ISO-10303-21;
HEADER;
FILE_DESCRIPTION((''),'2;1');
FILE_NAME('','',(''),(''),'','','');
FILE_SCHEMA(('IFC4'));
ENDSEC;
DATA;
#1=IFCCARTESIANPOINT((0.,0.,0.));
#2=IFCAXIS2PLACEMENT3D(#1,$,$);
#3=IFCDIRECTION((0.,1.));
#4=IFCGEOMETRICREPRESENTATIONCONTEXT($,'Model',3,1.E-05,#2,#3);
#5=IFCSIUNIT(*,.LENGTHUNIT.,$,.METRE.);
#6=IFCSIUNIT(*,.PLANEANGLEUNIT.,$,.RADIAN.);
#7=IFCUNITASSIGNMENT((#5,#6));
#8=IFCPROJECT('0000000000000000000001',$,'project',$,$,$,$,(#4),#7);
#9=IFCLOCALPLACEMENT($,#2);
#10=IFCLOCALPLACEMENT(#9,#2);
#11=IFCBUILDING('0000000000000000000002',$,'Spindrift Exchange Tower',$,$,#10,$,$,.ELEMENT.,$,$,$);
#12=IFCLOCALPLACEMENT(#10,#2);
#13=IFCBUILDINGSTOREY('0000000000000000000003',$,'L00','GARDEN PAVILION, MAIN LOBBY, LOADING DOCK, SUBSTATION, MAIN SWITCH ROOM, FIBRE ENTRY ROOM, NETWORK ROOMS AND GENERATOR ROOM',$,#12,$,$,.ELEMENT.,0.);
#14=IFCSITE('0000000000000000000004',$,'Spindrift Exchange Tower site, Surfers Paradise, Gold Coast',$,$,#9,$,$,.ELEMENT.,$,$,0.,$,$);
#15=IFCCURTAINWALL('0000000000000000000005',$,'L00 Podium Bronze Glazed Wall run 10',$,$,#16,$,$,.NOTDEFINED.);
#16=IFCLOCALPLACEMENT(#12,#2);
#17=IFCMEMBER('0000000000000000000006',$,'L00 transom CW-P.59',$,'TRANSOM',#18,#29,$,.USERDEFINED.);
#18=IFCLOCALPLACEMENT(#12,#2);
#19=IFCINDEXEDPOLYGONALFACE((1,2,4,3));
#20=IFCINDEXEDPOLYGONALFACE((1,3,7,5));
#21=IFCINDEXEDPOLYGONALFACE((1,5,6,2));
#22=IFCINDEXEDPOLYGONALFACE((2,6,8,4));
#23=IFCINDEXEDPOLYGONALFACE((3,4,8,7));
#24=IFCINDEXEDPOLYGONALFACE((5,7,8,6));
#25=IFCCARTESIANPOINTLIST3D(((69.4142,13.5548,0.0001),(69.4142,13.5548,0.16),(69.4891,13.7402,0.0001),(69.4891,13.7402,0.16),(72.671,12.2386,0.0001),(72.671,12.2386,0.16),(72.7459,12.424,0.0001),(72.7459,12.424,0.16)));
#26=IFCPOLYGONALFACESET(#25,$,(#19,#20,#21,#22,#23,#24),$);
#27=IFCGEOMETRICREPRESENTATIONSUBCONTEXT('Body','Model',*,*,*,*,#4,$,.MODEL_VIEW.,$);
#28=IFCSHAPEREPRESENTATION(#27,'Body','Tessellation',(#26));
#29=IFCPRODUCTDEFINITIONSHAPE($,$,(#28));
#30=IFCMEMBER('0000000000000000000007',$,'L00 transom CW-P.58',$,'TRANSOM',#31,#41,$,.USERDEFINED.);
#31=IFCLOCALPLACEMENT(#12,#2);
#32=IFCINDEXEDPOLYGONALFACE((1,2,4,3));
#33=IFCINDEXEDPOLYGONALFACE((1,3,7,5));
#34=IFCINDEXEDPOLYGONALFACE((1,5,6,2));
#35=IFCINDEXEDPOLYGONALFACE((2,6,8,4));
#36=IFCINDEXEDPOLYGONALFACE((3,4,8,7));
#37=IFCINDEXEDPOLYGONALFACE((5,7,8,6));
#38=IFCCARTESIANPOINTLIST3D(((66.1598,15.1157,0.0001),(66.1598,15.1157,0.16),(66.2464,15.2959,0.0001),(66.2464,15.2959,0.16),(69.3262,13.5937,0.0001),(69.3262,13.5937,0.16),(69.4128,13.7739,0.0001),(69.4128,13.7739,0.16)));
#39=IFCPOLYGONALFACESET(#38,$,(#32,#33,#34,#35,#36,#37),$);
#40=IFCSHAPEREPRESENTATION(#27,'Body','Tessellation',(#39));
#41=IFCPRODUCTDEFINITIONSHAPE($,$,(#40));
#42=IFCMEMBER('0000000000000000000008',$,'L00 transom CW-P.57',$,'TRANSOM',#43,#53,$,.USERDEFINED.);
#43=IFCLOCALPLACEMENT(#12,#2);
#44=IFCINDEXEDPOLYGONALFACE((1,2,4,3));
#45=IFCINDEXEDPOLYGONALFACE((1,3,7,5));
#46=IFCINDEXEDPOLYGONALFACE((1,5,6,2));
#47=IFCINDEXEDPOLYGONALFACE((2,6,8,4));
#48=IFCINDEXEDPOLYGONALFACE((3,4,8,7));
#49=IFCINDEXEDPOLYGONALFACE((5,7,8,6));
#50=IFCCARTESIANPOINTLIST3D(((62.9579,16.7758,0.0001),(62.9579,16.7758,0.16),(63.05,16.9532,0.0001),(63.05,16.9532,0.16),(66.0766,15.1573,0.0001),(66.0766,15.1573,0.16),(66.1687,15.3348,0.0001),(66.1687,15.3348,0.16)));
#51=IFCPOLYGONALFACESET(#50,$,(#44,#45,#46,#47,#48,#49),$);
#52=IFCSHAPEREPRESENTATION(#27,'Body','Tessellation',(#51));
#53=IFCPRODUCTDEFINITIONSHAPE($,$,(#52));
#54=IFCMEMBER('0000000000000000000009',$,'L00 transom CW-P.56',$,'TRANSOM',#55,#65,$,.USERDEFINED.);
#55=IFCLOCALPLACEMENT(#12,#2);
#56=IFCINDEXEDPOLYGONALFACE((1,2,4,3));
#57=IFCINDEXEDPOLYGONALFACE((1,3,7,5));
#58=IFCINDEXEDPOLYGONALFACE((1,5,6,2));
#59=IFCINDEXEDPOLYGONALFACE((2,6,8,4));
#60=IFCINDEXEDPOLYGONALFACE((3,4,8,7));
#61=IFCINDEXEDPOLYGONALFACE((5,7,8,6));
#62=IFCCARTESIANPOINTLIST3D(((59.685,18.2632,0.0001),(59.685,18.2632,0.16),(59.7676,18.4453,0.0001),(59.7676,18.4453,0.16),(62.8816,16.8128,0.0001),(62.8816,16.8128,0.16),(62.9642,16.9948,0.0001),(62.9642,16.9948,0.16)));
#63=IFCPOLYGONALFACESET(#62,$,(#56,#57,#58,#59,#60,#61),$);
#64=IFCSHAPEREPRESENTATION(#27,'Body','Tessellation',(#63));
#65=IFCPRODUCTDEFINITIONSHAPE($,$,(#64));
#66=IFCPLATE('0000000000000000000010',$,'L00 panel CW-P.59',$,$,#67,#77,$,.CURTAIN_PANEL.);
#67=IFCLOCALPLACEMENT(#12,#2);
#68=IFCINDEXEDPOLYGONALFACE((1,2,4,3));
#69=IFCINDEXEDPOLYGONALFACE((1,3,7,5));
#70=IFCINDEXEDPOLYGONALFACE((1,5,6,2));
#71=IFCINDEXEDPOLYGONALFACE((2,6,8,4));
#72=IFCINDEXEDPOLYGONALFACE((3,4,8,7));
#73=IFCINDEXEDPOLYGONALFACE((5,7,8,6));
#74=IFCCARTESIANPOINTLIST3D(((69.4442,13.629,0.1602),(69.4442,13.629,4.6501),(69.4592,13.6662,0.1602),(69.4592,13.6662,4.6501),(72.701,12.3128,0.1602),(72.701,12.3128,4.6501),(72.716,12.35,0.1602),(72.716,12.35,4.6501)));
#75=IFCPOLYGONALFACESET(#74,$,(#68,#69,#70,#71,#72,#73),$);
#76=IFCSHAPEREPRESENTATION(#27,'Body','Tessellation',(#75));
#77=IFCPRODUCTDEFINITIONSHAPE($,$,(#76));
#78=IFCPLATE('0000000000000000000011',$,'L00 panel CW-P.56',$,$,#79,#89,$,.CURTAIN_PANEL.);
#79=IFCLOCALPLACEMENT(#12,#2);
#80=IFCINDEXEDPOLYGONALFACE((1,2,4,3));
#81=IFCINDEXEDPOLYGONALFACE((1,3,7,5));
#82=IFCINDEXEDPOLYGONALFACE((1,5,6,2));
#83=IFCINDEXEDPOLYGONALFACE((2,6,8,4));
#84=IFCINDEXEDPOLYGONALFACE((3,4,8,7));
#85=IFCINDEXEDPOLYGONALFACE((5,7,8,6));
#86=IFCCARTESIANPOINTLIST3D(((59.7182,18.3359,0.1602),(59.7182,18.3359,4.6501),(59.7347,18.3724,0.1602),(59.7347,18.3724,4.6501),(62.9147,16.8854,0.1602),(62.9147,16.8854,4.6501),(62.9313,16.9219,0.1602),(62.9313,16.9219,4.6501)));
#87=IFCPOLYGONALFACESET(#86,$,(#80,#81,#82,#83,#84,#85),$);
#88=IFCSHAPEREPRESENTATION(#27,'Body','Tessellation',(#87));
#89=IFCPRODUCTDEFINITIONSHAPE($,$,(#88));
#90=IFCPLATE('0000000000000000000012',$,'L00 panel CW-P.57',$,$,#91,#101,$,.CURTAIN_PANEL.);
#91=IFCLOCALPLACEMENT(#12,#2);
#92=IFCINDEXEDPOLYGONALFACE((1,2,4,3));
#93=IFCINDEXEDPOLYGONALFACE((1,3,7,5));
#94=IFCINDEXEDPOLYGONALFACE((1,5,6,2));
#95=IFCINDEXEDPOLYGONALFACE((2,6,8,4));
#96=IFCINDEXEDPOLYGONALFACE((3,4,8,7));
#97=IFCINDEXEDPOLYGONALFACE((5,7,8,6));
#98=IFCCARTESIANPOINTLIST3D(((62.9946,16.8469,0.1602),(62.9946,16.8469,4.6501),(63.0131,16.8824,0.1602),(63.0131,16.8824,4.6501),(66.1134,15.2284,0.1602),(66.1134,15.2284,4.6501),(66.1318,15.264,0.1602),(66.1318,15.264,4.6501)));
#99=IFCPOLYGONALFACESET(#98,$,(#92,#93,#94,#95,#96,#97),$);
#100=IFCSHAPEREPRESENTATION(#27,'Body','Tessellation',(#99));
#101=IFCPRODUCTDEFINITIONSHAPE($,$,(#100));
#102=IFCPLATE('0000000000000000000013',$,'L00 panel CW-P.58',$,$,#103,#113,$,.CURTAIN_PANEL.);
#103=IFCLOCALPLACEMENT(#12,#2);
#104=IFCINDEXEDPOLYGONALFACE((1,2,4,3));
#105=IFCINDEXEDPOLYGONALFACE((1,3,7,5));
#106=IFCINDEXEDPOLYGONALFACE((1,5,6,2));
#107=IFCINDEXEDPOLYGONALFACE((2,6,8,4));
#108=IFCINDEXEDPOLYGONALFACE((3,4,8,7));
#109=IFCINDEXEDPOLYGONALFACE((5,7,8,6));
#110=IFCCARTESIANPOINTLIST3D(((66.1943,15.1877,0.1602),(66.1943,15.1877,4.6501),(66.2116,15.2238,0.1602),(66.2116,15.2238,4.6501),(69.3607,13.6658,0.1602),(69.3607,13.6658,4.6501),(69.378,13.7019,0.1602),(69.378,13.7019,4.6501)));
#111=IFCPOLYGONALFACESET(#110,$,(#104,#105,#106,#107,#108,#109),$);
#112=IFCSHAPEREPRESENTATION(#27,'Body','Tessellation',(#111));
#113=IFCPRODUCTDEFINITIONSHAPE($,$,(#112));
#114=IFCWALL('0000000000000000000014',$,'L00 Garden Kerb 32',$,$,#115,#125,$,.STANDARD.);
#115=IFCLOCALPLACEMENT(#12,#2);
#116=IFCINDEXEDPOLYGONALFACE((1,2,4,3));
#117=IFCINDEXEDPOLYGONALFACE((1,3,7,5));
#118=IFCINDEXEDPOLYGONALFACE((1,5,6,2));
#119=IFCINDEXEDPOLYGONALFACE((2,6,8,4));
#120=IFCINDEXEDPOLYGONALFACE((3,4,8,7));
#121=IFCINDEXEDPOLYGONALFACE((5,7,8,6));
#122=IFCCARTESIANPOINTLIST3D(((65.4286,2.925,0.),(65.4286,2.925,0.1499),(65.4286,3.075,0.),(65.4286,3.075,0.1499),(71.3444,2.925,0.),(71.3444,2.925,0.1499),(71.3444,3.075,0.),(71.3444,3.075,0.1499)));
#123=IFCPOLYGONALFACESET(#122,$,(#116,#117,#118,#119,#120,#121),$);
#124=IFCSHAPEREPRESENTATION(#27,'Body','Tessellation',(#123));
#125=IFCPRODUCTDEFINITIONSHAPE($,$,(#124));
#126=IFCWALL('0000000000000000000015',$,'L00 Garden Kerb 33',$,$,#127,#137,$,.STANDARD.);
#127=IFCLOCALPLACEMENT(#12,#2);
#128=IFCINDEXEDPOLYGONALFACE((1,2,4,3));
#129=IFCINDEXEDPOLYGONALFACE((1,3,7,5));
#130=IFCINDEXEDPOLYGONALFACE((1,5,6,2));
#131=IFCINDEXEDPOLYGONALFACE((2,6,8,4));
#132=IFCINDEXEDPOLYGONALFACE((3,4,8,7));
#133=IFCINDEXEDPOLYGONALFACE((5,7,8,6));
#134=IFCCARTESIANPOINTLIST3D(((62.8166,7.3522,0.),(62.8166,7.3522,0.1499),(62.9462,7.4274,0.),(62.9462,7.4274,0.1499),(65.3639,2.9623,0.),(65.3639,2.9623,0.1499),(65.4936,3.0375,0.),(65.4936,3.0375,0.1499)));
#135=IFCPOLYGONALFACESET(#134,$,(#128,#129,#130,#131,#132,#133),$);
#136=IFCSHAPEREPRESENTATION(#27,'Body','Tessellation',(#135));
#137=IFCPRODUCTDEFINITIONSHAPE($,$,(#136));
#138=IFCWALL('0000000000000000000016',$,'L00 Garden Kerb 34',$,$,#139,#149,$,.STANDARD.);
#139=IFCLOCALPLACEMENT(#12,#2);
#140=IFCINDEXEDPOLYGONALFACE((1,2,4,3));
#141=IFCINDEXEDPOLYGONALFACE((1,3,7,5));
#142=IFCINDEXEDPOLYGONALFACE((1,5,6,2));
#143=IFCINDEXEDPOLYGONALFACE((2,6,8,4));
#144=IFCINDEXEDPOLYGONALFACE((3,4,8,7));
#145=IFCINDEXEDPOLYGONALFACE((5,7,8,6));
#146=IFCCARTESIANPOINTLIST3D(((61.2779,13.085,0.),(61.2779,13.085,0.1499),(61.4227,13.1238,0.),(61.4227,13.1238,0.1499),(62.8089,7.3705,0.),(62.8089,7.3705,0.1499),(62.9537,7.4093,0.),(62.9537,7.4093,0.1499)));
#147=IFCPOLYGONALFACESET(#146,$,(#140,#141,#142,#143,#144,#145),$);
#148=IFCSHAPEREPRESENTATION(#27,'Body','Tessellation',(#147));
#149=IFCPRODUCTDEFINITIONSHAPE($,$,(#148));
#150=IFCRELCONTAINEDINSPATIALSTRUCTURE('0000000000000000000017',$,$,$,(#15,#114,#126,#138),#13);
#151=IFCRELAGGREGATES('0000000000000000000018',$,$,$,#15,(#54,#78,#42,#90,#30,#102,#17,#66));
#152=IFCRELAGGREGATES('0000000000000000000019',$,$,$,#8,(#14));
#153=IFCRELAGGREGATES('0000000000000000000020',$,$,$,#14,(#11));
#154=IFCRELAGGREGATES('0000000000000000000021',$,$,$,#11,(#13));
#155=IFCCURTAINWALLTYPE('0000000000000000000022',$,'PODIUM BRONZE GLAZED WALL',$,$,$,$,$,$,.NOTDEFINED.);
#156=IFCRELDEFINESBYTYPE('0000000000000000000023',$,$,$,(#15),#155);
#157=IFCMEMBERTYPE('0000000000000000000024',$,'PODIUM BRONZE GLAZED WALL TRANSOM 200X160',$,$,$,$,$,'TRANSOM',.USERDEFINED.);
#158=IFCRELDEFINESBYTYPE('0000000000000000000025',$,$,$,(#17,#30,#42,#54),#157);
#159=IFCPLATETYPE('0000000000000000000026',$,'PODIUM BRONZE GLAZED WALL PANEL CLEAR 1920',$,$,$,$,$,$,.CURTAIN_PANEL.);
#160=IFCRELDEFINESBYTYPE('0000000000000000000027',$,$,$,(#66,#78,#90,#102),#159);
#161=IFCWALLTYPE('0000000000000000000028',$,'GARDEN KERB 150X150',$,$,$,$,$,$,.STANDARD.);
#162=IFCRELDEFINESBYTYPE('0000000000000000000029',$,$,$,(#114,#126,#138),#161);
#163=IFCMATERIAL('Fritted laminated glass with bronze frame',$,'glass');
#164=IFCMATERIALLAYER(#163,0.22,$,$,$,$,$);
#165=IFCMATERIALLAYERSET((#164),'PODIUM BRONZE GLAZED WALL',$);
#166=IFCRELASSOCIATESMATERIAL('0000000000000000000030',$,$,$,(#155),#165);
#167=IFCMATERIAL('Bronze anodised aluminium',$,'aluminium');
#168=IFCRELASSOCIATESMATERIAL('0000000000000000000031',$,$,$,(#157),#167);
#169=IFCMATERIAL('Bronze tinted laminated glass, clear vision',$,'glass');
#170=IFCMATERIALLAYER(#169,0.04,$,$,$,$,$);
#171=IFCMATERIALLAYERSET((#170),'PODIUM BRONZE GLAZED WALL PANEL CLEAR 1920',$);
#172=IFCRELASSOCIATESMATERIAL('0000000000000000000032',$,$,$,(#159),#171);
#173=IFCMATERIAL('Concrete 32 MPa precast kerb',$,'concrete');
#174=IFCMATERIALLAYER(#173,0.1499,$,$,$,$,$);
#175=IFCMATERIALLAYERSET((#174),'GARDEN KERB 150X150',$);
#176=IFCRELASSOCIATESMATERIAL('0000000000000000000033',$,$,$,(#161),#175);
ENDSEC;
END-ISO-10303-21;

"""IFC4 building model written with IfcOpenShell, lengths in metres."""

from ifc_helpers import new_model, si_unit, direction, frame, frame_2d, origin, origin_2d, place, context, subcontext, project, spatial, rectangle, extrude, source, transform, mapped, material, layer, layer_set, material_profile, profile_set, type_object, element, aggregate, save


model = new_model("IFC4")

# Units and contexts
model_context = context("Model", 3, precision=1e-05, world=origin(), true_north=direction((0.0, 1.0)))
body_context = subcontext(model_context, "Body", "Model", "MODEL_VIEW")
ifc_project = project(units=[si_unit("LENGTHUNIT", "METRE"), si_unit("PLANEANGLEUNIT", "RADIAN")], contexts=[model_context])

# Site, building, storey
site_placement = place(None, origin())
site = spatial("IfcSite", under=ifc_project, at=site_placement, Name="Spindrift Exchange Tower site, Surfers Paradise, Gold Coast", CompositionType="ELEMENT", RefElevation=0.0)
building_placement = place(site_placement, origin())
building = spatial("IfcBuilding", under=site, at=building_placement, Name="Spindrift Exchange Tower", CompositionType="ELEMENT")
storey_placement = place(building_placement, origin())
storey = spatial("IfcBuildingStorey", under=building, at=storey_placement, Name="L00", Description="GARDEN PAVILION, MAIN LOBBY, LOADING DOCK, SUBSTATION, MAIN SWITCH ROOM, FIBRE ENTRY ROOM, NETWORK ROOMS AND GENERATOR ROOM", CompositionType="ELEMENT", Elevation=0.0)

# Curtain wall, members, plates
ifc_material_1 = material(Name="Fritted laminated glass with bronze frame", Category="glass")
ifc_layer_1 = layer(ifc_material_1, 0.22)
ifc_layer_set_1 = layer_set([ifc_layer_1], Name="PODIUM BRONZE GLAZED WALL")
curtain_wall_type = type_object("IfcCurtainWallType", Name="PODIUM BRONZE GLAZED WALL", PredefinedType="NOTDEFINED", material=ifc_layer_set_1)
curtain_wall_placement = place(storey_placement, origin())
curtain_wall = element("IfcCurtainWall", 1, at=curtain_wall_placement, inside=storey, type_object=curtain_wall_type, Name="L00 Podium Bronze Glazed Wall run 10", PredefinedType="NOTDEFINED")
ifc_material_2 = material(Name="Bronze anodised aluminium", Category="aluminium")
ifc_material_profile_1 = material_profile(ifc_material_2, rectangle(XDim=0.2, YDim=0.1599, at=origin_2d()), Name="PODIUM BRONZE GLAZED WALL TRANSOM 200X160")
ifc_profile_set_1 = profile_set([ifc_material_profile_1], Name="Bronze anodised aluminium")
member_type_1 = type_object("IfcMemberType", Name="PODIUM BRONZE GLAZED WALL TRANSOM 200X160", ElementType="TRANSOM", PredefinedType="USERDEFINED", material=ifc_profile_set_1)
shared_shape_1 = source(origin(), body_context, "Body", "SweptSolid", [
    extrude(rectangle(XDim=0.2, YDim=0.1599, at=origin_2d()), origin(), (0.0, 0.0, 1.0), 3.5127),
])
member_1_placement = place(storey_placement, frame((69.4517, 13.6475, 0.0801), z_axis=(0.927153, -0.374684, 0.0), x_axis=(0.374684, 0.927153, 0.0)))
member_1 = element("IfcMember", 2, at=member_1_placement, type_object=member_type_1, Name="L00 transom CW-P.59", ObjectType="TRANSOM", PredefinedType="USERDEFINED", context=body_context, shape_type="MappedRepresentation", body=[
    mapped(shared_shape_1, transform((0.0, 0.0, 0.0), scale=1.0)),
])
shared_shape_2 = source(origin(), body_context, "Body", "SweptSolid", [
    extrude(rectangle(XDim=0.2, YDim=0.1599, at=origin_2d()), origin(), (0.0, 0.0, 1.0), 3.5132),
])
member_2_placement = place(storey_placement, frame((66.2031, 15.2058, 0.0801), z_axis=(0.901282, -0.433233, 0.0), x_axis=(0.433233, 0.901282, 0.0)))
member_2 = element("IfcMember", 3, at=member_2_placement, type_object=member_type_1, Name="L00 transom CW-P.58", ObjectType="TRANSOM", PredefinedType="USERDEFINED", context=body_context, shape_type="MappedRepresentation", body=[
    mapped(shared_shape_2, transform((0.0, 0.0, 0.0), scale=1.0)),
])
shared_shape_3 = source(origin(), body_context, "Body", "SweptSolid", [
    extrude(rectangle(XDim=0.2, YDim=0.1599, at=origin_2d()), origin(), (0.0, 0.0, 1.0), 3.5137),
])
member_3_placement = place(storey_placement, frame((63.0039, 16.8645, 0.0801), z_axis=(0.8876, -0.460615, 0.0), x_axis=(0.460615, 0.8876, 0.0)))
member_3 = element("IfcMember", 4, at=member_3_placement, type_object=member_type_1, Name="L00 transom CW-P.57", ObjectType="TRANSOM", PredefinedType="USERDEFINED", context=body_context, shape_type="MappedRepresentation", body=[
    mapped(shared_shape_3, transform((0.0, 0.0, 0.0), scale=1.0)),
])
shared_shape_4 = source(origin(), body_context, "Body", "SweptSolid", [
    extrude(rectangle(XDim=0.2, YDim=0.1599, at=origin_2d()), origin(), (0.0, 0.0, 1.0), 3.5103),
])
member_4_placement = place(storey_placement, frame((59.7263, 18.3542, 0.0801), z_axis=(0.910638, -0.413205, 0.0), x_axis=(0.413205, 0.910638, 0.0)))
member_4 = element("IfcMember", 5, at=member_4_placement, type_object=member_type_1, Name="L00 transom CW-P.56", ObjectType="TRANSOM", PredefinedType="USERDEFINED", context=body_context, shape_type="MappedRepresentation", body=[
    mapped(shared_shape_4, transform((0.0, 0.0, 0.0), scale=1.0)),
])
ifc_material_3 = material(Name="Bronze tinted laminated glass, clear vision", Category="glass")
ifc_layer_2 = layer(ifc_material_3, 0.04)
ifc_layer_set_2 = layer_set([ifc_layer_2], Name="PODIUM BRONZE GLAZED WALL PANEL CLEAR 1920")
plate_type = type_object("IfcPlateType", Name="PODIUM BRONZE GLAZED WALL PANEL CLEAR 1920", PredefinedType="CURTAIN_PANEL", material=ifc_layer_set_2)
shared_shape_5 = source(origin(), body_context, "Body", "SweptSolid", [
    extrude(rectangle(XDim=3.5127, YDim=0.04, at=origin_2d()), origin(), (0.0, 0.0, 1.0), 4.49),
])
plate_1_placement = place(storey_placement, frame((71.0801, 12.9895, 0.1602), z_axis=(0.0, 0.0, 1.0), x_axis=(0.927148, -0.374696, 0.0)))
plate_1 = element("IfcPlate", 6, at=plate_1_placement, type_object=plate_type, Name="L00 panel CW-P.59", PredefinedType="CURTAIN_PANEL", context=body_context, shape_type="MappedRepresentation", body=[
    mapped(shared_shape_5, transform((0.0, 0.0, 0.0), scale=1.0)),
])
shared_shape_6 = source(origin(), body_context, "Body", "SweptSolid", [
    extrude(rectangle(XDim=3.5103, YDim=0.04, at=origin_2d()), origin(), (0.0, 0.0, 1.0), 4.49),
])
plate_2_placement = place(storey_placement, frame((61.3247, 17.6289, 0.1602), z_axis=(0.0, 0.0, 1.0), x_axis=(0.910635, -0.413211, 0.0)))
plate_2 = element("IfcPlate", 7, at=plate_2_placement, type_object=plate_type, Name="L00 panel CW-P.56", PredefinedType="CURTAIN_PANEL", context=body_context, shape_type="MappedRepresentation", body=[
    mapped(shared_shape_6, transform((0.0, 0.0, 0.0), scale=1.0)),
])
shared_shape_7 = source(origin(), body_context, "Body", "SweptSolid", [
    extrude(rectangle(XDim=3.5137, YDim=0.04, at=origin_2d()), origin(), (0.0, 0.0, 1.0), 4.49),
])
plate_3_placement = place(storey_placement, frame((64.5632, 16.0554, 0.1602), z_axis=(0.0, 0.0, 1.0), x_axis=(0.887599, -0.460617, 0.0)))
plate_3 = element("IfcPlate", 8, at=plate_3_placement, type_object=plate_type, Name="L00 panel CW-P.57", PredefinedType="CURTAIN_PANEL", context=body_context, shape_type="MappedRepresentation", body=[
    mapped(shared_shape_7, transform((0.0, 0.0, 0.0), scale=1.0)),
])
shared_shape_8 = source(origin(), body_context, "Body", "SweptSolid", [
    extrude(rectangle(XDim=3.5132, YDim=0.04, at=origin_2d()), origin(), (0.0, 0.0, 1.0), 4.49),
])
plate_4_placement = place(storey_placement, frame((67.7861, 14.4448, 0.1602), z_axis=(0.0, 0.0, 1.0), x_axis=(0.901296, -0.433205, 0.0)))
plate_4 = element("IfcPlate", 9, at=plate_4_placement, type_object=plate_type, Name="L00 panel CW-P.58", PredefinedType="CURTAIN_PANEL", context=body_context, shape_type="MappedRepresentation", body=[
    mapped(shared_shape_8, transform((0.0, 0.0, 0.0), scale=1.0)),
])
aggregate(curtain_wall, [member_4, plate_2, member_3, plate_3, member_2, plate_4, member_1, plate_1])

# Walls
ifc_material_4 = material(Name="Concrete 32 MPa precast kerb", Category="concrete")
ifc_layer_3 = layer(ifc_material_4, 0.1499)
ifc_layer_set_3 = layer_set([ifc_layer_3], Name="GARDEN KERB 150X150")
wall_type = type_object("IfcWallType", Name="GARDEN KERB 150X150", PredefinedType="STANDARD", material=ifc_layer_set_3)
wall_1_placement = place(storey_placement, frame((71.3445, 3.0, 0.0), z_axis=(0.0, 0.0, 1.0), x_axis=(-1.0, 0.0, 0.0)))
element("IfcWall", 10, at=wall_1_placement, inside=storey, type_object=wall_type, Name="L00 Garden Kerb 32", PredefinedType="STANDARD", context=body_context, shape_type="SweptSolid", body=[
    extrude(rectangle(XDim=5.9158, YDim=0.1499, at=frame_2d((2.958, 0.0))), origin(), (0.0, 0.0, 1.0), 0.1499),
])
wall_2_placement = place(storey_placement, frame((65.4287, 3.0, 0.0), z_axis=(0.0, 0.0, 1.0), x_axis=(-0.501899, 0.864926, 0.0)))
element("IfcWall", 11, at=wall_2_placement, inside=storey, type_object=wall_type, Name="L00 Garden Kerb 33", PredefinedType="STANDARD", context=body_context, shape_type="SweptSolid", body=[
    extrude(rectangle(XDim=5.0754, YDim=0.1499, at=frame_2d((2.5376, 0.0))), origin(), (0.0, 0.0, 1.0), 0.1499),
])
wall_3_placement = place(storey_placement, frame((62.8813, 7.3899, 0.0), z_axis=(0.0, 0.0, 1.0), x_axis=(-0.258795, 0.965932, 0.0)))
element("IfcWall", 12, at=wall_3_placement, inside=storey, type_object=wall_type, Name="L00 Garden Kerb 34", PredefinedType="STANDARD", context=body_context, shape_type="SweptSolid", body=[
    extrude(rectangle(XDim=5.916, YDim=0.1499, at=frame_2d((2.958, 0.0))), origin(), (0.0, 0.0, 1.0), 0.1499),
])

save(model, "model.ifc")
